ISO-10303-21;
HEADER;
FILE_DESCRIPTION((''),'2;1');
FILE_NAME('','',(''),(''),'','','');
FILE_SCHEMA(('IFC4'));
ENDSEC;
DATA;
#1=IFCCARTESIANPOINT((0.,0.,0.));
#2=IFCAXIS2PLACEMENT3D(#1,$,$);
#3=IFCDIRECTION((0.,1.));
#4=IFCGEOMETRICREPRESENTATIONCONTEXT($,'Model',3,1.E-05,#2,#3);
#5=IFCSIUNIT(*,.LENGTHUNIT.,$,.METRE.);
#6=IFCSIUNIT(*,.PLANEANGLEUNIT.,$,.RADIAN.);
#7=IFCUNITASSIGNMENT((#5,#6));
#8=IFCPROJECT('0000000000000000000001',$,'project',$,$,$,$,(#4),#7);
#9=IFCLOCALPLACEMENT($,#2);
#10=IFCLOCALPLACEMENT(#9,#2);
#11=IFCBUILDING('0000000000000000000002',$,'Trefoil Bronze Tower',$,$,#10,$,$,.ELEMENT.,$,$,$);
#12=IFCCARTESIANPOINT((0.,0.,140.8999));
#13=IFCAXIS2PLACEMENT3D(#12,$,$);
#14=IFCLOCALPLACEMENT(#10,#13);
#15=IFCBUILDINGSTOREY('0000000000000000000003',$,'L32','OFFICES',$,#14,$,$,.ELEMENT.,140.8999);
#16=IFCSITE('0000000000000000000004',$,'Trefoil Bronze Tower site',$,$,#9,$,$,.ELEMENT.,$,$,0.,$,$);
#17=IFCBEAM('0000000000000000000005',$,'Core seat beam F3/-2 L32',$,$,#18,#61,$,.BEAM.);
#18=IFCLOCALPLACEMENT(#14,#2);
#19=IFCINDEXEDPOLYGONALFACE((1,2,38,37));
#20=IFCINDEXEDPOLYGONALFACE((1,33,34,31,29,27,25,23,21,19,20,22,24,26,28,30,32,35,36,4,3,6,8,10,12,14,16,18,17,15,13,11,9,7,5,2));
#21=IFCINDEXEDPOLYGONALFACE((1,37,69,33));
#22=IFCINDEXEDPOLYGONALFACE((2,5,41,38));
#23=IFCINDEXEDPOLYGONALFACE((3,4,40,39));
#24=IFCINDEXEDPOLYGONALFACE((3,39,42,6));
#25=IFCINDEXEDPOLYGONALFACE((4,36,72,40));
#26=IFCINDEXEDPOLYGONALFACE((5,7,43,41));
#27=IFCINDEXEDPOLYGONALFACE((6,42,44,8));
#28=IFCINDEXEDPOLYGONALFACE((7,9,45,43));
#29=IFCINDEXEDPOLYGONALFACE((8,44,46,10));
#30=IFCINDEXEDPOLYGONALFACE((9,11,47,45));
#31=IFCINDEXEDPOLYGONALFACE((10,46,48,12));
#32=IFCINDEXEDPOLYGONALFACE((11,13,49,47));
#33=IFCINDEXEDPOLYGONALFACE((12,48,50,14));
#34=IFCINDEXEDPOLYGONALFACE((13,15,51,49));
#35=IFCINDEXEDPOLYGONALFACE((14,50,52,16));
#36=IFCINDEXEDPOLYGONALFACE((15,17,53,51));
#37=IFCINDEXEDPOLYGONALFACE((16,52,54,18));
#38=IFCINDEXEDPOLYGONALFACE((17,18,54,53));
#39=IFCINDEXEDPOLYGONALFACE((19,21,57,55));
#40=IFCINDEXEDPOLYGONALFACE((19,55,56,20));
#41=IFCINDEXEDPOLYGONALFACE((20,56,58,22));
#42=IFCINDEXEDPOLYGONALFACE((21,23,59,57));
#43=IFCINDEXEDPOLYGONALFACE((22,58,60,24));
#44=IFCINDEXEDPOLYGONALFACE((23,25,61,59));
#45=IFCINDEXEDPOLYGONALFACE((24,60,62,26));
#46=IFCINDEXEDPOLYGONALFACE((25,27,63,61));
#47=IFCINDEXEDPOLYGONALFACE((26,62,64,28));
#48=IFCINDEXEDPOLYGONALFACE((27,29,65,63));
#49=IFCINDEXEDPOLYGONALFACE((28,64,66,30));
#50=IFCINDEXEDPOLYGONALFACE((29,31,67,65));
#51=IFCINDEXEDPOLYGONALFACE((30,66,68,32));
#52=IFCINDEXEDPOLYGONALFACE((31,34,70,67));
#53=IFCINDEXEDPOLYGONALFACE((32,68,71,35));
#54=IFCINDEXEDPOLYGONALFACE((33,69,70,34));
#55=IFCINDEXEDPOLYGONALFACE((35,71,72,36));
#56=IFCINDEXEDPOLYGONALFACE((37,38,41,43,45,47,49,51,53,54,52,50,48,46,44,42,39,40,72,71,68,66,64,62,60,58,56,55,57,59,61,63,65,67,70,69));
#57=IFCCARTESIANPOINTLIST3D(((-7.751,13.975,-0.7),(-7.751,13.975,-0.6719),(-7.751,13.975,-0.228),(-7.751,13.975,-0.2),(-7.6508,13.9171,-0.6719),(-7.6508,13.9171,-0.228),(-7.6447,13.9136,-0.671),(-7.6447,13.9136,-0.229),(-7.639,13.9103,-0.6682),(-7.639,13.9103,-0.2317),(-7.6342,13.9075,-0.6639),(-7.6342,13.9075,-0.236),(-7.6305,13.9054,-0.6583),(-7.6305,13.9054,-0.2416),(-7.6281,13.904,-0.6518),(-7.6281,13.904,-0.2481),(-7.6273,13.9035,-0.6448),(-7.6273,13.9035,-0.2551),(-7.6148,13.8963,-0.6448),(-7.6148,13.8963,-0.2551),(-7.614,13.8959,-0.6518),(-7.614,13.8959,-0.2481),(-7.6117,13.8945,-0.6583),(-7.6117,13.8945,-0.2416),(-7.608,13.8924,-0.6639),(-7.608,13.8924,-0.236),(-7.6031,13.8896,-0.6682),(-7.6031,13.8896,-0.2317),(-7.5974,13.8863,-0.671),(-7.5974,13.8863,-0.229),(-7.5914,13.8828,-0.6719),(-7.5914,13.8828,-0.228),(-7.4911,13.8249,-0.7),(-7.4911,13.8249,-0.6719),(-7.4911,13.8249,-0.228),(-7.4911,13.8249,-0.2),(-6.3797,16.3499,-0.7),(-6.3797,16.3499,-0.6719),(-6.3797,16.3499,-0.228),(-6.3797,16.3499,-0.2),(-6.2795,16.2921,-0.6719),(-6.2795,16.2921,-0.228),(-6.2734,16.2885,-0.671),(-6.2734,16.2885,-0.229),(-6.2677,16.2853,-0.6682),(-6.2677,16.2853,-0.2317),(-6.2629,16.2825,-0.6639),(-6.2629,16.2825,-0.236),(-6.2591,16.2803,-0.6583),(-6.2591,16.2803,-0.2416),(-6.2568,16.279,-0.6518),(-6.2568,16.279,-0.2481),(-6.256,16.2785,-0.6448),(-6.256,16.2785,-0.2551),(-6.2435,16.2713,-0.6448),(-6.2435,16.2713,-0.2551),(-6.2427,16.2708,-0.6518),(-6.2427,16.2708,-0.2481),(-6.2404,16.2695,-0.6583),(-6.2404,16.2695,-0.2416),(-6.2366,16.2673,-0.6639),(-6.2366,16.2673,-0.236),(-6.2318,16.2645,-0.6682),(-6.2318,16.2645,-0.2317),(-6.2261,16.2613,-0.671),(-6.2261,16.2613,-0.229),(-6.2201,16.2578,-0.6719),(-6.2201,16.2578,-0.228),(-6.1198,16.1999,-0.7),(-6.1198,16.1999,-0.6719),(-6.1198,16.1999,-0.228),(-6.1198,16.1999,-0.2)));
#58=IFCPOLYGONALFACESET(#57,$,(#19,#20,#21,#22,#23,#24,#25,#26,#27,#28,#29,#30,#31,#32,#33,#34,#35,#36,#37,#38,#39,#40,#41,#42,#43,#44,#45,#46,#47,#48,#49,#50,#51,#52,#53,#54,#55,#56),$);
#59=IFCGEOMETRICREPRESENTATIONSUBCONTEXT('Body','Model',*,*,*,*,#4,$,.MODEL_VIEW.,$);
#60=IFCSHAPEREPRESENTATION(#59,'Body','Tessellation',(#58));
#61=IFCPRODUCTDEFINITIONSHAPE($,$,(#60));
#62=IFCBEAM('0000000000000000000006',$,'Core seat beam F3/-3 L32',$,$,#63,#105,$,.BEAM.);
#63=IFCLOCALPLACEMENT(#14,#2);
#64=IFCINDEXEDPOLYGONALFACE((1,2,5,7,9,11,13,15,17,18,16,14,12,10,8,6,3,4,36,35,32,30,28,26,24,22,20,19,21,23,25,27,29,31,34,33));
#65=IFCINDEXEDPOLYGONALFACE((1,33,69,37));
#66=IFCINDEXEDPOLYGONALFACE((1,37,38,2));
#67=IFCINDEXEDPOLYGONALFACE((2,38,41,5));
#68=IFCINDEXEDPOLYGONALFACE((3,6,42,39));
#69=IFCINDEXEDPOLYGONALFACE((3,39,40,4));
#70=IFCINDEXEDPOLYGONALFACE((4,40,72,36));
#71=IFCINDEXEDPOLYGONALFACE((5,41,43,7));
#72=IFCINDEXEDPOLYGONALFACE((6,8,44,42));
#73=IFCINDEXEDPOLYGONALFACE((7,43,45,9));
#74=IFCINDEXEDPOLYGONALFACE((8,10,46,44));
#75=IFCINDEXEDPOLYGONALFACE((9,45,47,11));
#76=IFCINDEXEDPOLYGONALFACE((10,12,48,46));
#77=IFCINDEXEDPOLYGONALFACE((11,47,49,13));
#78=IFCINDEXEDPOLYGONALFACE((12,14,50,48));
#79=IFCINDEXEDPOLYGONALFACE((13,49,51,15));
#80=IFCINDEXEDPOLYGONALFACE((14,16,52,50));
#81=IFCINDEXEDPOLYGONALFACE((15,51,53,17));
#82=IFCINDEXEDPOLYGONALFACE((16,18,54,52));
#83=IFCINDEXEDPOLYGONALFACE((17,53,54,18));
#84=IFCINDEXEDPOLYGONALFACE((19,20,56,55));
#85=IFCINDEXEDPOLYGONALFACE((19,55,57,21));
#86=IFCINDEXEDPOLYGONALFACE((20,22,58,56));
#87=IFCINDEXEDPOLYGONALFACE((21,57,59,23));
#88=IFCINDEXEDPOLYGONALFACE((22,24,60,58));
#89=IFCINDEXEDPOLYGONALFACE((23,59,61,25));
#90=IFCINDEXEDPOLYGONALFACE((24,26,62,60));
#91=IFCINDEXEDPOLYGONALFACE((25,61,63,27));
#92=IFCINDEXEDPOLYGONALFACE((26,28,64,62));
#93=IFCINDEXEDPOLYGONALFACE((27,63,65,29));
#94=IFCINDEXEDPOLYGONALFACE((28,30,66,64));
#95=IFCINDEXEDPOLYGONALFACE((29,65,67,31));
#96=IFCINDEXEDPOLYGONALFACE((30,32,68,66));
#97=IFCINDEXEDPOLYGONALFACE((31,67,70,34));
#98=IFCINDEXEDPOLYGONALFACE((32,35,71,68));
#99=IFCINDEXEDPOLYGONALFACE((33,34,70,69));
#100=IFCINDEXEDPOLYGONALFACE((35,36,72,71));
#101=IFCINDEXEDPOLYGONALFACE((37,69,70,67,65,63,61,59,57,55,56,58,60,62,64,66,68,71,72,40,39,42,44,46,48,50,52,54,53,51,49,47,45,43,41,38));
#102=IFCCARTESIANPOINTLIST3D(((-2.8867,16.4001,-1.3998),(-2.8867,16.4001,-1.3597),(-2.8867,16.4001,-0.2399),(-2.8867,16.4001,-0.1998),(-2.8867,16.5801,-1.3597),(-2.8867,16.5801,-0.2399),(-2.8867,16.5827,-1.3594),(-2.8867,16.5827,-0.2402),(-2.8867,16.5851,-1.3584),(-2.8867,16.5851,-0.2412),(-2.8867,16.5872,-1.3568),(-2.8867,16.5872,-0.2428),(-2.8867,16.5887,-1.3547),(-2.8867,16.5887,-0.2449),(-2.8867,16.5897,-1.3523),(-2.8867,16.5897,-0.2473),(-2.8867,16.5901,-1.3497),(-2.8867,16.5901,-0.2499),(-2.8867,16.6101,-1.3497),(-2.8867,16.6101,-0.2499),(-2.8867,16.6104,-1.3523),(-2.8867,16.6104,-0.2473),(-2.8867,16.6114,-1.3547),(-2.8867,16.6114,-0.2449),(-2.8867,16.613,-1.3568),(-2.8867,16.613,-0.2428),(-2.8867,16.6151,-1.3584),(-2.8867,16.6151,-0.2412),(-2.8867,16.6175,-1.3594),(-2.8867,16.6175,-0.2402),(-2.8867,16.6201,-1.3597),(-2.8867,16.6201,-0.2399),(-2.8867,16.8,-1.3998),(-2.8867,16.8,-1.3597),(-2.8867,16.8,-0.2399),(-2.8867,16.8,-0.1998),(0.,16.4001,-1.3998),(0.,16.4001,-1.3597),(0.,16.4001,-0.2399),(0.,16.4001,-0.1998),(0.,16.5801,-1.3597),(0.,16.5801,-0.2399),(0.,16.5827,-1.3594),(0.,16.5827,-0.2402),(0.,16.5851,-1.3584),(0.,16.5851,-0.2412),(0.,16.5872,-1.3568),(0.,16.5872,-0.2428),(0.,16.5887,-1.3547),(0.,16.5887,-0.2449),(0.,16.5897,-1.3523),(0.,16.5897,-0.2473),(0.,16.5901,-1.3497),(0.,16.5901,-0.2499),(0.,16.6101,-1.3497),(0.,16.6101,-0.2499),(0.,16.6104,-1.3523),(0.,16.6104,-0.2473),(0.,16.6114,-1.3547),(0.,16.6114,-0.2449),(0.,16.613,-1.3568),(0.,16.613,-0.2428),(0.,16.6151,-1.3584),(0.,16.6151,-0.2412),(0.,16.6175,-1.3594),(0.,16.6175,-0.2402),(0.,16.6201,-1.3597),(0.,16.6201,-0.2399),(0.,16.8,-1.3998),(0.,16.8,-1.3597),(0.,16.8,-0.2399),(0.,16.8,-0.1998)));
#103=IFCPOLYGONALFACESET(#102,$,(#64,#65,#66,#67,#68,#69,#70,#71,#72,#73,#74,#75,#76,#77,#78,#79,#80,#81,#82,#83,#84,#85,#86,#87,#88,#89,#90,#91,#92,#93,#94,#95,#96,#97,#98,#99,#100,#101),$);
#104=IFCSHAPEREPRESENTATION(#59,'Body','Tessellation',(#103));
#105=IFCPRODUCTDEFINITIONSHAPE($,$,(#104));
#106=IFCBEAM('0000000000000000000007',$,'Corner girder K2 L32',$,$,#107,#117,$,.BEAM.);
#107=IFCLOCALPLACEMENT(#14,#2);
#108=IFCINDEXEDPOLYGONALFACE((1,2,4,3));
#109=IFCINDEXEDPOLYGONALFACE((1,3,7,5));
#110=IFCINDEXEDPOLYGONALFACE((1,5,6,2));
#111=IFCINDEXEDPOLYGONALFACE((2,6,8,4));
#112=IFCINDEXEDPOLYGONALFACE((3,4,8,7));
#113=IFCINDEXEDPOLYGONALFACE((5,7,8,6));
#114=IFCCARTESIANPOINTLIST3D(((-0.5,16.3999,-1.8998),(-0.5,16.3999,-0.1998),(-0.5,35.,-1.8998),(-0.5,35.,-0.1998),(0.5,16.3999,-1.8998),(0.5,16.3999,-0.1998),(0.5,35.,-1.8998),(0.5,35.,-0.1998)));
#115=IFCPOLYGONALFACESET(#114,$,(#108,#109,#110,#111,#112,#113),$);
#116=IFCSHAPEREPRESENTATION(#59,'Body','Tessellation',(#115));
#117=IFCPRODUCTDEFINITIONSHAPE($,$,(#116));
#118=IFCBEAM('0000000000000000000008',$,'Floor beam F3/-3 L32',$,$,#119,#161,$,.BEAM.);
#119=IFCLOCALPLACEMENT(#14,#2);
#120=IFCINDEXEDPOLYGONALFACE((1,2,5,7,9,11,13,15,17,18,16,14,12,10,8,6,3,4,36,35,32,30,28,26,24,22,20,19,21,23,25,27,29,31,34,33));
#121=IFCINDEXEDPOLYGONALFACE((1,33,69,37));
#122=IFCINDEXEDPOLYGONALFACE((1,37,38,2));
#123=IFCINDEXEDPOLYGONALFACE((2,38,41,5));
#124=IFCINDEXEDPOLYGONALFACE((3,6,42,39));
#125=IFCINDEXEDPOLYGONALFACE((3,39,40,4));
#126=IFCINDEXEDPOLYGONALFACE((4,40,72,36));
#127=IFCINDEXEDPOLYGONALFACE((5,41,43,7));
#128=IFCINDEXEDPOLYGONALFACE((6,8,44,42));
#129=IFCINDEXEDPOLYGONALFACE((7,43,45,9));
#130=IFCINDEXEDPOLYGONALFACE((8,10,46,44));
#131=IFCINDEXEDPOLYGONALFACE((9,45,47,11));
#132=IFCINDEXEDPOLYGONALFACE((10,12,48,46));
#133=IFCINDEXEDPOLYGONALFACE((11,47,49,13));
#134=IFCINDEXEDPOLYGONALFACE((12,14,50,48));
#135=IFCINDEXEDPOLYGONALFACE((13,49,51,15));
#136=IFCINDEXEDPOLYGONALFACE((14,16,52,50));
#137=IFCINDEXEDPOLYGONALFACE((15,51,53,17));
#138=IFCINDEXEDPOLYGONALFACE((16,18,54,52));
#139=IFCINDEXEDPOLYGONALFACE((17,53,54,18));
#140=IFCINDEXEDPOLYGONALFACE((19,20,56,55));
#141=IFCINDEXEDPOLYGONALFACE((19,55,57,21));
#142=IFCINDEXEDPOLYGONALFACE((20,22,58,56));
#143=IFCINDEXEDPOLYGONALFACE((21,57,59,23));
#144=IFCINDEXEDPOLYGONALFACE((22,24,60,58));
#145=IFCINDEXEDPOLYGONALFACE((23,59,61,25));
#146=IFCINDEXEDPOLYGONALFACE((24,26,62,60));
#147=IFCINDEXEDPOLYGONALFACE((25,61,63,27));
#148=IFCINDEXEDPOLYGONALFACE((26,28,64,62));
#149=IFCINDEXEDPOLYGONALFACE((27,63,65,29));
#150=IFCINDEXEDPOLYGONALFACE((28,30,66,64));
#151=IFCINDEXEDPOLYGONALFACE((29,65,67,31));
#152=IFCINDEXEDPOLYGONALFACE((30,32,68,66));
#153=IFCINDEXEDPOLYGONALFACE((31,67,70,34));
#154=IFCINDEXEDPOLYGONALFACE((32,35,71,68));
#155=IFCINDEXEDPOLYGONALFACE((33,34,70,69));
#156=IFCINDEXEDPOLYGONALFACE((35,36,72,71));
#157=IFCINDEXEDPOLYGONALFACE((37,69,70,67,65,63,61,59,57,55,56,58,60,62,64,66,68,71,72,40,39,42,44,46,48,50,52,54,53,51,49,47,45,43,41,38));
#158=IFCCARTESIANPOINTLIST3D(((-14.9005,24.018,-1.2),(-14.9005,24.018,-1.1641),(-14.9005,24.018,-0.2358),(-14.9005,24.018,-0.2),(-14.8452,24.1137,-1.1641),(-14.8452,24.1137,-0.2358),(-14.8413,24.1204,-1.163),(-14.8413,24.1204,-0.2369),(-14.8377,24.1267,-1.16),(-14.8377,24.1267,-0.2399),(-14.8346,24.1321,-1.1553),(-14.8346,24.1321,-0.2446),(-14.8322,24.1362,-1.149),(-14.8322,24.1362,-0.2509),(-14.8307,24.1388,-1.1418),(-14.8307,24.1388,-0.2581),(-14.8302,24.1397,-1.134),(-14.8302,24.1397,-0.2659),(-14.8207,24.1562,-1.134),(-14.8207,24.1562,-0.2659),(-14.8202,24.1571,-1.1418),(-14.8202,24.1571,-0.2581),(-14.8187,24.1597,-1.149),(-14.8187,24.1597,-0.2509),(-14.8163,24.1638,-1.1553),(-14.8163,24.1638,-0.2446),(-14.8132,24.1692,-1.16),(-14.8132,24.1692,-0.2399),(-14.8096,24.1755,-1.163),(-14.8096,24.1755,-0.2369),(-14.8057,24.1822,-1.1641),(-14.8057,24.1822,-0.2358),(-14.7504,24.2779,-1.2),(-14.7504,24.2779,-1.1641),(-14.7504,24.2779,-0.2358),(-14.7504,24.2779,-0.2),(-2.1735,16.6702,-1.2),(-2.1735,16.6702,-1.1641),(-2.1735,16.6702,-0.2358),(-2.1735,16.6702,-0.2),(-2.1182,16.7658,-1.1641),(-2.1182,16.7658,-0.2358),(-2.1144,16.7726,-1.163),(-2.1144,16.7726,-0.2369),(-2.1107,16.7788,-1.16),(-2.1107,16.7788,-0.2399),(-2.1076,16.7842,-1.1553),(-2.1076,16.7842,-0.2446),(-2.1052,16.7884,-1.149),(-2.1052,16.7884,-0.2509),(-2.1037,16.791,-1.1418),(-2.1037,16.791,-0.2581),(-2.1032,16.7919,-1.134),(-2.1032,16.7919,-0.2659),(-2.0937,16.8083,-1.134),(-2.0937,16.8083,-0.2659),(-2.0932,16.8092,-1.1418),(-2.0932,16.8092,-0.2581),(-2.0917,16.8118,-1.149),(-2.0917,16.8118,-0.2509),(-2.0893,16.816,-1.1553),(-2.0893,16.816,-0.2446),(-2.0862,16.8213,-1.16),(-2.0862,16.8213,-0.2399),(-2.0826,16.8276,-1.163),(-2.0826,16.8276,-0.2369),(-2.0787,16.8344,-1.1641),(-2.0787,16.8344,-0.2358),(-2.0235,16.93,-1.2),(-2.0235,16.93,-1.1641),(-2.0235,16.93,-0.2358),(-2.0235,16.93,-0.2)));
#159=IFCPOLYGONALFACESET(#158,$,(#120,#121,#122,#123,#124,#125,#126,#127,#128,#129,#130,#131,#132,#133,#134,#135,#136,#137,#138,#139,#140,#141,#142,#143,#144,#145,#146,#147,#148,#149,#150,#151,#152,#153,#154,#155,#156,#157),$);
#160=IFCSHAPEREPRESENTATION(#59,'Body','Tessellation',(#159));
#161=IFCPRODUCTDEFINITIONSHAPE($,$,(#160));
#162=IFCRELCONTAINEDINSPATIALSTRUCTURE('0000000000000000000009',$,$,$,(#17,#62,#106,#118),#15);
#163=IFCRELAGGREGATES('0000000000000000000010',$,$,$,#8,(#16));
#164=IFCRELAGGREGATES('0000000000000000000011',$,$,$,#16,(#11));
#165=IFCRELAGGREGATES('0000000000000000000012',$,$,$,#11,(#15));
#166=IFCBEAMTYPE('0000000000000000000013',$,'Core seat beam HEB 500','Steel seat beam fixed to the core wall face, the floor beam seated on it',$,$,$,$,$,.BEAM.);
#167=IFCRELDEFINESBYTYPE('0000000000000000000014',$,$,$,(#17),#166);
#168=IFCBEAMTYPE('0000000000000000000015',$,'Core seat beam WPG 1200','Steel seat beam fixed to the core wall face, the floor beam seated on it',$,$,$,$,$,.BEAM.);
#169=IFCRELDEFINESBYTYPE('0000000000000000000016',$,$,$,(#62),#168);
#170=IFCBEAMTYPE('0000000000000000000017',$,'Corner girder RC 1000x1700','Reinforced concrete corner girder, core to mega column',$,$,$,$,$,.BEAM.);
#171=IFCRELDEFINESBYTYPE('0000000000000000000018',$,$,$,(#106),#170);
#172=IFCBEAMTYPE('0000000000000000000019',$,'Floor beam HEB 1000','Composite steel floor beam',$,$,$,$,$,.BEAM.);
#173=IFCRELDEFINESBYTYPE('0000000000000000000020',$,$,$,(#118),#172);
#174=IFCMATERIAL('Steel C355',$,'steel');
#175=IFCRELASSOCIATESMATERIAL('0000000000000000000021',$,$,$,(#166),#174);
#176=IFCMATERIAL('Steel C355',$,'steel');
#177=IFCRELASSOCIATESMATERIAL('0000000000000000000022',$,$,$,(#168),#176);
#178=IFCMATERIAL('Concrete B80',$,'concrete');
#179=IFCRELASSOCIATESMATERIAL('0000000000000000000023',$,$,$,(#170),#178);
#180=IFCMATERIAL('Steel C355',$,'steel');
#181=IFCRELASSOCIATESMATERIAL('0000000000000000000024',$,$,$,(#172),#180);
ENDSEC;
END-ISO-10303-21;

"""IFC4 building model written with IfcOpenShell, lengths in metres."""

from ifc_helpers import new_model, si_unit, direction, frame, origin, origin_2d, place, context, subcontext, project, spatial, rectangle, i_section, extrude, material, material_profile, profile_set, type_object, element, save


model = new_model("IFC4")

# Units and contexts
model_context = context("Model", 3, precision=1e-05, world=origin(), true_north=direction((0.0, 1.0)))
body_context = subcontext(model_context, "Body", "Model", "MODEL_VIEW")
ifc_project = project(units=[si_unit("LENGTHUNIT", "METRE"), si_unit("PLANEANGLEUNIT", "RADIAN")], contexts=[model_context])

# Site, building, storey
site_placement = place(None, origin())
site = spatial("IfcSite", under=ifc_project, at=site_placement, Name="Trefoil Bronze Tower site", CompositionType="ELEMENT", RefElevation=0.0)
building_placement = place(site_placement, origin())
building = spatial("IfcBuilding", under=site, at=building_placement, Name="Trefoil Bronze Tower", CompositionType="ELEMENT")
storey_placement = place(building_placement, frame((0.0, 0.0, 140.8999)))
storey = spatial("IfcBuildingStorey", under=building, at=storey_placement, Name="L32", Description="OFFICES", CompositionType="ELEMENT", Elevation=140.8999)

# Beams
ifc_material_1 = material(Name="Steel C355", Category="steel")
ifc_material_profile_1 = material_profile(ifc_material_1, i_section(OverallWidth=0.3, OverallDepth=0.5, WebThickness=0.0144, FlangeThickness=0.0281, FilletRadius=0.0271, at=origin_2d()), Name="HEB 500")
ifc_profile_set_1 = profile_set([ifc_material_profile_1], Name="Steel C355")
beam_type_1 = type_object("IfcBeamType", Name="Core seat beam HEB 500", Description="Steel seat beam fixed to the core wall face, the floor beam seated on it", PredefinedType="BEAM", material=ifc_profile_set_1)
beam_1_placement = place(storey_placement, frame((-6.2498, 16.2749, -0.45), z_axis=(-0.500036, -0.866005, 0.0), x_axis=(0.866005, -0.500036, 0.0)))
element("IfcBeam", 1, at=beam_1_placement, inside=storey, type_object=beam_type_1, Name="Core seat beam F3/-2 L32", PredefinedType="BEAM", context=body_context, shape_type="SweptSolid", body=[
    extrude(i_section(OverallWidth=0.3, OverallDepth=0.5, WebThickness=0.0144, FlangeThickness=0.0281, FilletRadius=0.0271, at=origin_2d()), origin(), (0.0, 0.0, 1.0), 2.7424),
])
ifc_material_2 = material(Name="Steel C355", Category="steel")
ifc_material_profile_2 = material_profile(ifc_material_2, i_section(OverallWidth=0.3999, OverallDepth=1.2, WebThickness=0.02, FlangeThickness=0.04, FilletRadius=0.01, at=origin_2d()), Name="WPG 1200")
ifc_profile_set_2 = profile_set([ifc_material_profile_2], Name="Steel C355")
beam_type_2 = type_object("IfcBeamType", Name="Core seat beam WPG 1200", Description="Steel seat beam fixed to the core wall face, the floor beam seated on it", PredefinedType="BEAM", material=ifc_profile_set_2)
beam_2_placement = place(storey_placement, frame((0.0, 16.6001, -0.7998), z_axis=(-1.0, 0.0, 0.0), x_axis=(0.0, -1.0, 0.0)))
element("IfcBeam", 2, at=beam_2_placement, inside=storey, type_object=beam_type_2, Name="Core seat beam F3/-3 L32", PredefinedType="BEAM", context=body_context, shape_type="SweptSolid", body=[
    extrude(i_section(OverallWidth=0.3999, OverallDepth=1.2, WebThickness=0.02, FlangeThickness=0.04, FilletRadius=0.01, at=origin_2d()), origin(), (0.0, 0.0, 1.0), 2.8867),
])
ifc_material_3 = material(Name="Concrete B80", Category="concrete")
ifc_material_profile_3 = material_profile(ifc_material_3, rectangle(XDim=1.0, YDim=1.7, at=origin_2d()), Name="RC 1000x1700")
ifc_profile_set_3 = profile_set([ifc_material_profile_3], Name="Concrete B80")
beam_type_3 = type_object("IfcBeamType", Name="Corner girder RC 1000x1700", Description="Reinforced concrete corner girder, core to mega column", PredefinedType="BEAM", material=ifc_profile_set_3)
beam_3_placement = place(storey_placement, frame((0.0, 16.3999, -1.0498), z_axis=(0.0, 1.0, 0.0), x_axis=(-1.0, 0.0, 0.0)))
element("IfcBeam", 3, at=beam_3_placement, inside=storey, type_object=beam_type_3, Name="Corner girder K2 L32", PredefinedType="BEAM", context=body_context, shape_type="SweptSolid", body=[
    extrude(rectangle(XDim=1.0, YDim=1.7, at=origin_2d()), origin(), (0.0, 0.0, 1.0), 18.6001),
])
ifc_material_4 = material(Name="Steel C355", Category="steel")
ifc_material_profile_4 = material_profile(ifc_material_4, i_section(OverallWidth=0.3, OverallDepth=1.0, WebThickness=0.019, FlangeThickness=0.0359, FilletRadius=0.03, at=origin_2d()), Name="HEB 1000")
ifc_profile_set_4 = profile_set([ifc_material_profile_4], Name="Steel C355")
beam_type_4 = type_object("IfcBeamType", Name="Floor beam HEB 1000", Description="Composite steel floor beam", PredefinedType="BEAM", material=ifc_profile_set_4)
beam_4_placement = place(storey_placement, frame((-14.8254, 24.1479, -0.7), z_axis=(0.866027, -0.499997, 0.0), x_axis=(0.499997, 0.866027, 0.0)))
element("IfcBeam", 4, at=beam_4_placement, inside=storey, type_object=beam_type_4, Name="Floor beam F3/-3 L32", PredefinedType="BEAM", context=body_context, shape_type="SweptSolid", body=[
    extrude(i_section(OverallWidth=0.3, OverallDepth=1.0, WebThickness=0.019, FlangeThickness=0.0359, FilletRadius=0.03, at=origin_2d()), origin(), (0.0, 0.0, 1.0), 14.6958),
])

save(model, "model.ifc")
